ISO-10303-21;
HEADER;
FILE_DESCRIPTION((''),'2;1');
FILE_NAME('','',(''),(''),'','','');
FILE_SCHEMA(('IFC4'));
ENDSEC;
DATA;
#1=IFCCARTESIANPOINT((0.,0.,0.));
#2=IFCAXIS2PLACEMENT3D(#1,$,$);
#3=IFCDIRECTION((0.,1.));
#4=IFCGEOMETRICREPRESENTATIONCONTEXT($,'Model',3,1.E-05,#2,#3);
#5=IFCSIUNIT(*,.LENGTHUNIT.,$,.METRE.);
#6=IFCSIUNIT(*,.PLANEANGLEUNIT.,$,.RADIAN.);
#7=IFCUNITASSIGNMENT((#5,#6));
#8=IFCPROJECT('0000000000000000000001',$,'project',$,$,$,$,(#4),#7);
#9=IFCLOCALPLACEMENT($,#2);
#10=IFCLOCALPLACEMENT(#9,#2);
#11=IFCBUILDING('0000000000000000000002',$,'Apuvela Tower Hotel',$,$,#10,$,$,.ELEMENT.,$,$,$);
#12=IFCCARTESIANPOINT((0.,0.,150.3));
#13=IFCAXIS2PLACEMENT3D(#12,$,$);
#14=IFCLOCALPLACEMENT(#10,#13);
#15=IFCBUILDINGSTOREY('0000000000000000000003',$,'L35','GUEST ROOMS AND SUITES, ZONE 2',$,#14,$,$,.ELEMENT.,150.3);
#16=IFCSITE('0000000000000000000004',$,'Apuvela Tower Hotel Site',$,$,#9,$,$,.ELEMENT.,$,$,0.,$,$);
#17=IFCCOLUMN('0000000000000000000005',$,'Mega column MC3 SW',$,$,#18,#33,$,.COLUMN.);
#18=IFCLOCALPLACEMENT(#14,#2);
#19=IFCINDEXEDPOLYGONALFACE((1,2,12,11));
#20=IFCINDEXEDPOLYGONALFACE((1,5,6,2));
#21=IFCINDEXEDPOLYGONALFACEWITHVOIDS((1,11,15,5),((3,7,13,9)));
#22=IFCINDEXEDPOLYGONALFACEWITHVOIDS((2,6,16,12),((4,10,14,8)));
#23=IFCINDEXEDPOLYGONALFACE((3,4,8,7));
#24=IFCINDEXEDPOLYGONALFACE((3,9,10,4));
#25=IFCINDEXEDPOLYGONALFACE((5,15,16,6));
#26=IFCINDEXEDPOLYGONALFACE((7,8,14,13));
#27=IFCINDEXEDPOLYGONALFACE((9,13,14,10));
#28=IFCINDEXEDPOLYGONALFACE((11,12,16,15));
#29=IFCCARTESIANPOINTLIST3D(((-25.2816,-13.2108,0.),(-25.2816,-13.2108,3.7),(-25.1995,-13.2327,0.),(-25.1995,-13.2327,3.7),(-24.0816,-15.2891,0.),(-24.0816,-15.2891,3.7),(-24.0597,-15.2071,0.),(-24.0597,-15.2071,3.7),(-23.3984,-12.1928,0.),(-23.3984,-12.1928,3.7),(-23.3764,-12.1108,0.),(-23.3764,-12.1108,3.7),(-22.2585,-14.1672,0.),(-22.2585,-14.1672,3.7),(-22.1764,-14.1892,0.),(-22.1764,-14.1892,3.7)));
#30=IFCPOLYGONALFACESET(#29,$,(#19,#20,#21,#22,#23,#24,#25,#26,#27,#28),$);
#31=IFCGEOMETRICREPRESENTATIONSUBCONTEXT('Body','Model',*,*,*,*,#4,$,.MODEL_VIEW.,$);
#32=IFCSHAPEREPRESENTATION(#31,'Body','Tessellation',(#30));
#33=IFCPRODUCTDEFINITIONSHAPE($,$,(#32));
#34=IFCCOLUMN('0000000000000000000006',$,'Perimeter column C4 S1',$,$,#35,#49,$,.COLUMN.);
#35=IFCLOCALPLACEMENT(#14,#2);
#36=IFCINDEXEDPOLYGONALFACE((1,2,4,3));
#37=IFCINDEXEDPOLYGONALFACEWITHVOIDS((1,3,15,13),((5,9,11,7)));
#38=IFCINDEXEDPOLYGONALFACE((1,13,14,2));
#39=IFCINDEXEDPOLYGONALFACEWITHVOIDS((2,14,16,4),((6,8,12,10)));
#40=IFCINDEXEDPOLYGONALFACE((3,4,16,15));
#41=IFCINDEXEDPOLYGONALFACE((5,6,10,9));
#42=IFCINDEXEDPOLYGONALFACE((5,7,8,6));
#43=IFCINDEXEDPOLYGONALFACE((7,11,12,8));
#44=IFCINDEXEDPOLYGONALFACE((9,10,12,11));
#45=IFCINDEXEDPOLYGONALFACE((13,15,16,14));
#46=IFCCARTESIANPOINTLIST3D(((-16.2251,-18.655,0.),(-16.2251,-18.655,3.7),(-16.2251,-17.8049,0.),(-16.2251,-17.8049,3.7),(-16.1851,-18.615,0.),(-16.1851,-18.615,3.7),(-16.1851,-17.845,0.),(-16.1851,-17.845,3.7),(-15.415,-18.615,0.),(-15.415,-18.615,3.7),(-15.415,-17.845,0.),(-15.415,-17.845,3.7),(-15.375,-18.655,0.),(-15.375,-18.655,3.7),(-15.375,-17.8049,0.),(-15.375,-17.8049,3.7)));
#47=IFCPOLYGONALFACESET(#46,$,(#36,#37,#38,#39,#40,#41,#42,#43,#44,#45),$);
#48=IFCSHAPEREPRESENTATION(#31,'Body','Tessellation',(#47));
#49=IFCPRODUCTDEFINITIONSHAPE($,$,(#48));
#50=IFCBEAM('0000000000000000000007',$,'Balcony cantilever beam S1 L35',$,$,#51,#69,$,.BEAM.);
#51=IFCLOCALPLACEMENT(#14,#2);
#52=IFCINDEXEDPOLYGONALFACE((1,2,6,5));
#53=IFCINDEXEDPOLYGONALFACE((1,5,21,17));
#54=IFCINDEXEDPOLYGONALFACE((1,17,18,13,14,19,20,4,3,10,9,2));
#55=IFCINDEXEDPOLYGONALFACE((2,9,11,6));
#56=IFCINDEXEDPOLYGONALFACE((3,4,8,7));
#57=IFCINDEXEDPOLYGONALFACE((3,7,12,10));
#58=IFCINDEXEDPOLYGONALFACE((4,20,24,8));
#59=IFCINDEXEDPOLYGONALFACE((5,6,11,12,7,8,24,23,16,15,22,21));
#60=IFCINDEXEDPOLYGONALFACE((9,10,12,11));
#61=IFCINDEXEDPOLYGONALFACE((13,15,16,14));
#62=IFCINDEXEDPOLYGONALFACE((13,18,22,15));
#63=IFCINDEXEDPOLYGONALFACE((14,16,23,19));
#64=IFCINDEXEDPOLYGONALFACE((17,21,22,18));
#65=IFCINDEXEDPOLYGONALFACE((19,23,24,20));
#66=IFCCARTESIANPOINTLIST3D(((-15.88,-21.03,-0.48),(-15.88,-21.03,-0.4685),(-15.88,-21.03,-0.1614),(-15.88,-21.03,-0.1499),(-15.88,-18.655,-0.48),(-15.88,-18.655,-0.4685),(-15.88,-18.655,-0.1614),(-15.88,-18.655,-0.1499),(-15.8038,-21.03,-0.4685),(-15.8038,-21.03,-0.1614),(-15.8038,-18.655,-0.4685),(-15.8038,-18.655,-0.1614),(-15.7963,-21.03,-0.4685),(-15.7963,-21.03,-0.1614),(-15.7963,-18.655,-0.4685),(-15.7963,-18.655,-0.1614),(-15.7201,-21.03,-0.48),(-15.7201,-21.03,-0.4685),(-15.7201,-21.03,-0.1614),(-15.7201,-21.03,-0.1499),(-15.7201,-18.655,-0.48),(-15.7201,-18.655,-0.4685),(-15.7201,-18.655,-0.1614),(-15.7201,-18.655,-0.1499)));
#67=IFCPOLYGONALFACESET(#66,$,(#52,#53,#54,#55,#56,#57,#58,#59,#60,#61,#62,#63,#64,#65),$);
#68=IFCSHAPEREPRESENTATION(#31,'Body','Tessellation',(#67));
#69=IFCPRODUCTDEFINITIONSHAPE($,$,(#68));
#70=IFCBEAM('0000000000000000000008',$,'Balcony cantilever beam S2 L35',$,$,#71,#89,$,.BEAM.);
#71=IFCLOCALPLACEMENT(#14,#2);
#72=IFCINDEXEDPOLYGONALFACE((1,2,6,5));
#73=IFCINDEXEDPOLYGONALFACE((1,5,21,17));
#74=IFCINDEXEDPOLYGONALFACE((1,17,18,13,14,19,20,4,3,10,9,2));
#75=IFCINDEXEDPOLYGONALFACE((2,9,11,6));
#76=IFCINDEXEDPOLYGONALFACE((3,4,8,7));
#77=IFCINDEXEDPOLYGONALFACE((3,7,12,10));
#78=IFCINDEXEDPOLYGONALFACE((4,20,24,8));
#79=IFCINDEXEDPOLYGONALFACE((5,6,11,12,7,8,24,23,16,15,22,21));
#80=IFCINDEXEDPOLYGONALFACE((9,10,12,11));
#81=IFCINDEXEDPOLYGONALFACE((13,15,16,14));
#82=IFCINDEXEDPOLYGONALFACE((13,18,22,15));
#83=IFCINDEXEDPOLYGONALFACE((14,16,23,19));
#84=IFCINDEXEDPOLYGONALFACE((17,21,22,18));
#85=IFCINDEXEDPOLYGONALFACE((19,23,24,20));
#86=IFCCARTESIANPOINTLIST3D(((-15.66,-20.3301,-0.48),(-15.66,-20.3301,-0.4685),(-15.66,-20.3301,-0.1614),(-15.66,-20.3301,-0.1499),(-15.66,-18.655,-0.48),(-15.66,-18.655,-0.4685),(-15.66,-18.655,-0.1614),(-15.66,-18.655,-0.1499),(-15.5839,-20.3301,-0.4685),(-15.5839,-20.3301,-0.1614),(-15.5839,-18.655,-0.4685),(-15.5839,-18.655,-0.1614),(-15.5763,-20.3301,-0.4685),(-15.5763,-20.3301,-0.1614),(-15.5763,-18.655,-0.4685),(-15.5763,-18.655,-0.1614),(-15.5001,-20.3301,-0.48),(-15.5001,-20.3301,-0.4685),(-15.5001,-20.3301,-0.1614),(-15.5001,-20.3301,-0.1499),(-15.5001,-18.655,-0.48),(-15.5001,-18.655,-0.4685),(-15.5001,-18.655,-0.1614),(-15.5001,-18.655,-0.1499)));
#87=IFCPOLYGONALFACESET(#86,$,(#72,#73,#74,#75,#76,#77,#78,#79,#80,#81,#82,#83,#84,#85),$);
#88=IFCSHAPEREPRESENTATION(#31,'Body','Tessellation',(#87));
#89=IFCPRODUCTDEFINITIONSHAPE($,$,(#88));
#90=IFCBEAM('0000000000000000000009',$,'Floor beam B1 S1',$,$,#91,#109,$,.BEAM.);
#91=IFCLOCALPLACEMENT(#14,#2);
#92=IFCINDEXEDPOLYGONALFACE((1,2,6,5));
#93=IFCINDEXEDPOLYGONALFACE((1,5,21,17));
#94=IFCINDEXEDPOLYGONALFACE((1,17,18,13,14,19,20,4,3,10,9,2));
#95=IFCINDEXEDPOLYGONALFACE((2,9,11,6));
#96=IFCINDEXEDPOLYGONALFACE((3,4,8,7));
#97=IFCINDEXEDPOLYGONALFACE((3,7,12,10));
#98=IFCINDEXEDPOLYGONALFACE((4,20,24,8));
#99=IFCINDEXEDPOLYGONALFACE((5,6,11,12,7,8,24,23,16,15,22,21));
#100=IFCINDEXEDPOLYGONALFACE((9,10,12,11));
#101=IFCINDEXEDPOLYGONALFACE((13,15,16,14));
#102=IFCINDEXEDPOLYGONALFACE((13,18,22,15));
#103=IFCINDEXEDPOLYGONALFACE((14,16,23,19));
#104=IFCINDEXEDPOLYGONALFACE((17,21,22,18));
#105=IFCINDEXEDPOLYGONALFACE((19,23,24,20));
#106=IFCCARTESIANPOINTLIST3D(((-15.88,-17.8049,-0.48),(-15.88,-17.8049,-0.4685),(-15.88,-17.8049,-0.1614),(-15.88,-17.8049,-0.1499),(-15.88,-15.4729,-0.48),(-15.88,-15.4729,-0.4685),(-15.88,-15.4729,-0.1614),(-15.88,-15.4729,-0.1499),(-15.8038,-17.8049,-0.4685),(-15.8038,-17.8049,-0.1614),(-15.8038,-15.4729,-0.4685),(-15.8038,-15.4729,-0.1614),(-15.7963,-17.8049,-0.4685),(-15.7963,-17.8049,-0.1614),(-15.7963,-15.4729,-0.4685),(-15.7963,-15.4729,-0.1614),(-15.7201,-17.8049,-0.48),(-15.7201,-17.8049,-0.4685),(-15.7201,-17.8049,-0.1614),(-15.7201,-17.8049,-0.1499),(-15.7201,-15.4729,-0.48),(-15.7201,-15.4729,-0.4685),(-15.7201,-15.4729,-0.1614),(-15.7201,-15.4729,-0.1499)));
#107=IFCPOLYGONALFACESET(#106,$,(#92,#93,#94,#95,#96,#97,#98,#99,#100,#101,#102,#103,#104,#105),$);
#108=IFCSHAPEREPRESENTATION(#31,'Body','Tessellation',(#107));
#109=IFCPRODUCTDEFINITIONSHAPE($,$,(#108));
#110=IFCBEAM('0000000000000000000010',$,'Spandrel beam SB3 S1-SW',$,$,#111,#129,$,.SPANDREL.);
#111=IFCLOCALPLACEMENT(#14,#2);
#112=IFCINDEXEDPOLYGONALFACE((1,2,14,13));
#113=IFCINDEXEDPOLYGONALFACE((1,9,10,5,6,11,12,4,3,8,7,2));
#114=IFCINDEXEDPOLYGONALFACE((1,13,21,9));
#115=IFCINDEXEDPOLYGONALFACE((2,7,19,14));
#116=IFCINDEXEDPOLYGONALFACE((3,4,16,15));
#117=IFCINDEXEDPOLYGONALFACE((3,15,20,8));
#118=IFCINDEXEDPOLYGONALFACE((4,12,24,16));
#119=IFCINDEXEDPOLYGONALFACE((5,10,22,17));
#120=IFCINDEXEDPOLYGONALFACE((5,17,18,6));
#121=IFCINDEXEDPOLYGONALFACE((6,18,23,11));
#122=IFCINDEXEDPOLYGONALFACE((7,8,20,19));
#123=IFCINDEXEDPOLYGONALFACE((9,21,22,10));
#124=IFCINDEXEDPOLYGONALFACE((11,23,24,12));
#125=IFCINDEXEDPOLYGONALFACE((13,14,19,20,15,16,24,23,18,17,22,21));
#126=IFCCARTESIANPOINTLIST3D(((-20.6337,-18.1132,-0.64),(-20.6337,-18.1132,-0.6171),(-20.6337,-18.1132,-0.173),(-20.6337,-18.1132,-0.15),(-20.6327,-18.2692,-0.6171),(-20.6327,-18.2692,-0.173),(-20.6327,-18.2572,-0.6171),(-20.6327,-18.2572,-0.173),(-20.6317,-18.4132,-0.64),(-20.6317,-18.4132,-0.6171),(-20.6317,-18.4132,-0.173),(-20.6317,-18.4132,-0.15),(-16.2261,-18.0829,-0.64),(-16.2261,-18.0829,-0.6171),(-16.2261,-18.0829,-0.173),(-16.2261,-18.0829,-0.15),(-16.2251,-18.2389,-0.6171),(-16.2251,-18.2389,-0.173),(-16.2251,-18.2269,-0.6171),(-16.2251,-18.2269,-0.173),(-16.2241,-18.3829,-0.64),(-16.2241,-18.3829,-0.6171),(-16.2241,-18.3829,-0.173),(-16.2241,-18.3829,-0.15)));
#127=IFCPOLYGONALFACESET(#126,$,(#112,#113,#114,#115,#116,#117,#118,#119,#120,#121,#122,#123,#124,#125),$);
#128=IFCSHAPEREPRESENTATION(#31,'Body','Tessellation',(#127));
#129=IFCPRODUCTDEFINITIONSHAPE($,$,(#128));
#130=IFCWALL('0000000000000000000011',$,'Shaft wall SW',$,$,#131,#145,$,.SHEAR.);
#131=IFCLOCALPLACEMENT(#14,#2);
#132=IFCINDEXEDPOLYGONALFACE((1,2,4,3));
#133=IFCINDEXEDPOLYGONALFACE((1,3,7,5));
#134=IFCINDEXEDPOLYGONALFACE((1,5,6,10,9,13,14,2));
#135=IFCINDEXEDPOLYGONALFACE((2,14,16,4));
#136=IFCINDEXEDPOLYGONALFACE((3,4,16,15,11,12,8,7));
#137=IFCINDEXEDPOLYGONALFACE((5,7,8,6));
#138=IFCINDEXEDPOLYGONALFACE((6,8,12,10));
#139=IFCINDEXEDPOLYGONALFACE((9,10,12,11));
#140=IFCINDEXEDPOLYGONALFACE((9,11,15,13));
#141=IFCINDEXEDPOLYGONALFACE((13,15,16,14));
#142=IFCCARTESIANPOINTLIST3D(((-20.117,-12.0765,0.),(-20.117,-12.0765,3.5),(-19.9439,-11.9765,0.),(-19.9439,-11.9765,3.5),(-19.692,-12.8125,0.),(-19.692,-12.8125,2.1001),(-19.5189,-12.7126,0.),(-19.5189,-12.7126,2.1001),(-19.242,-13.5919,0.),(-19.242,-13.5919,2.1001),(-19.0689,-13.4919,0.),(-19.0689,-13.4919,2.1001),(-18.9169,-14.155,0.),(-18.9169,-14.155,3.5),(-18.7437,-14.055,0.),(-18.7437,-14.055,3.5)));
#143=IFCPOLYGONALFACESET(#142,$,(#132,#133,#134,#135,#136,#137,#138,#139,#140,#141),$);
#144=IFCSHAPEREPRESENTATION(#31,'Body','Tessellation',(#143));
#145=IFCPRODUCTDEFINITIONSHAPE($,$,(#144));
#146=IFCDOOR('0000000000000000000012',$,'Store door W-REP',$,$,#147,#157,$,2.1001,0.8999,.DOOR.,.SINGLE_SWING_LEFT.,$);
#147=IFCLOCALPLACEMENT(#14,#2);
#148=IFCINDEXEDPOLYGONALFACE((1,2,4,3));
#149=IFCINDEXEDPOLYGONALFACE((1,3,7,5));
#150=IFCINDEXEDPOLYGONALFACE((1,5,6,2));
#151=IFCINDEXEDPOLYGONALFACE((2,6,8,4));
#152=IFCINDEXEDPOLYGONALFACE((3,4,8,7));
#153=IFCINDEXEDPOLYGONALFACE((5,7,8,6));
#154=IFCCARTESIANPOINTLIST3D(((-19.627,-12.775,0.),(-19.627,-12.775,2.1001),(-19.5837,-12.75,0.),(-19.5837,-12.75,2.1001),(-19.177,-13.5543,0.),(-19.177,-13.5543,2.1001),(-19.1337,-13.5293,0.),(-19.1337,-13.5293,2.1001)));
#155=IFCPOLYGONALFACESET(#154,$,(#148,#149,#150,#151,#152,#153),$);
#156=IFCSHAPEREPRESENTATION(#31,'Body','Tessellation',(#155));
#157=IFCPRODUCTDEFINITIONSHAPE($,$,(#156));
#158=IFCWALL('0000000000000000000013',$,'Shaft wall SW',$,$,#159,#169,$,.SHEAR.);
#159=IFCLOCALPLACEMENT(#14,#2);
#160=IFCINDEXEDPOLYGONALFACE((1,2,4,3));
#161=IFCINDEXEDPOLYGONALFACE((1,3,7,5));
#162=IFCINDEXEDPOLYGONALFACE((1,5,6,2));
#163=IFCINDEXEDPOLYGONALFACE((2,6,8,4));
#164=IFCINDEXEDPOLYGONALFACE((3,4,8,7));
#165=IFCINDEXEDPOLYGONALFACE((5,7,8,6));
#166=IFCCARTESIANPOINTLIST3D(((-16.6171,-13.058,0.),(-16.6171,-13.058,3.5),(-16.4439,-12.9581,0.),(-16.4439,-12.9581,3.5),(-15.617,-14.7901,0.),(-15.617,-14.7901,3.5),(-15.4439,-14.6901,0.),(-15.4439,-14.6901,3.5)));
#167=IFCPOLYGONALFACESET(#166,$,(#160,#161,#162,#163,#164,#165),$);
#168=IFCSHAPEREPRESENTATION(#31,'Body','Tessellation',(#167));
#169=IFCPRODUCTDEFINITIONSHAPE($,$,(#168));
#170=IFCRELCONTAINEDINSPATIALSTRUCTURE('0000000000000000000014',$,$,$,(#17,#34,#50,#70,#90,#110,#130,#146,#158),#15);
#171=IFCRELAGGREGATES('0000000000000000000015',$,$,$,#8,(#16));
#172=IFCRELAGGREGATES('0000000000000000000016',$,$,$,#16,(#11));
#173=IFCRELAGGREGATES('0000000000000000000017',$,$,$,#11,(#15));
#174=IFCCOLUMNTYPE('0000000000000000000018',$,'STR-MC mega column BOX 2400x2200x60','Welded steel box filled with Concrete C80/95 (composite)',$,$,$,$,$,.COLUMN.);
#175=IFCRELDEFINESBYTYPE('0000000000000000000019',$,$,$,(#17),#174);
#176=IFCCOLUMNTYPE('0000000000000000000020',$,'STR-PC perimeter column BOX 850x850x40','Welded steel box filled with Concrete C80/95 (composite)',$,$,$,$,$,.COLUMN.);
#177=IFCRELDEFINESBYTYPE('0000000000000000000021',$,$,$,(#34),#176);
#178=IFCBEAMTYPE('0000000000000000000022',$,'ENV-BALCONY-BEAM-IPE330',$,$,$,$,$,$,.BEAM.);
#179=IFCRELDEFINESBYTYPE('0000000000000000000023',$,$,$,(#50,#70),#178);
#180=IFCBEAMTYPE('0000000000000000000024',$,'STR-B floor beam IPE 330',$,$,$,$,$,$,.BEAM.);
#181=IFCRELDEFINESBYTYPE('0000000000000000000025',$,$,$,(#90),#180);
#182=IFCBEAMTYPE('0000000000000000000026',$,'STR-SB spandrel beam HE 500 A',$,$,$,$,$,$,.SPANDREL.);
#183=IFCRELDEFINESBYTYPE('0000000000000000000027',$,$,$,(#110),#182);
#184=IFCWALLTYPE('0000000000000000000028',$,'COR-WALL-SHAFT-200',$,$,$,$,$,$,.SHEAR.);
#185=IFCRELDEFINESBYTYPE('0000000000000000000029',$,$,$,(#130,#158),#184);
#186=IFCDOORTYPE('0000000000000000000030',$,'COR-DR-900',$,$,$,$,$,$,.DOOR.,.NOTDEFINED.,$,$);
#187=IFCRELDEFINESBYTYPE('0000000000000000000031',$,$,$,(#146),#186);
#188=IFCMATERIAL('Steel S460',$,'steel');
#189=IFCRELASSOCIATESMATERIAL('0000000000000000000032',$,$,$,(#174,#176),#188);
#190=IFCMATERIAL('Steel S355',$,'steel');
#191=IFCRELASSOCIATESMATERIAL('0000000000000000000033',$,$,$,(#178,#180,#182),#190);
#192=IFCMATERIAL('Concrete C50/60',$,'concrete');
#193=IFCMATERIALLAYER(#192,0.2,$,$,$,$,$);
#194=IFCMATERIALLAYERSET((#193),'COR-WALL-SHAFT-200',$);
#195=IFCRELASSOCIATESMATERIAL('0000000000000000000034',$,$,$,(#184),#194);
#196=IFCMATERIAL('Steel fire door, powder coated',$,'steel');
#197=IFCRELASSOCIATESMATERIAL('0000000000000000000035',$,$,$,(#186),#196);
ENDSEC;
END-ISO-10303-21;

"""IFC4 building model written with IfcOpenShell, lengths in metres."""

from ifc_helpers import new_model, si_unit, direction, frame, frame_2d, origin, origin_2d, place, context, subcontext, project, spatial, rectangle, hollow_rectangle, i_section, extrude, material, layer, layer_set, material_profile, profile_set, type_object, element, fill, save


model = new_model("IFC4")

# Units and contexts
model_context = context("Model", 3, precision=1e-05, world=origin(), true_north=direction((0.0, 1.0)))
body_context = subcontext(model_context, "Body", "Model", "MODEL_VIEW")
ifc_project = project(units=[si_unit("LENGTHUNIT", "METRE"), si_unit("PLANEANGLEUNIT", "RADIAN")], contexts=[model_context])

# Site, building, storey
site_placement = place(None, origin())
site = spatial("IfcSite", under=ifc_project, at=site_placement, Name="Apuvela Tower Hotel Site", CompositionType="ELEMENT", RefElevation=0.0)
building_placement = place(site_placement, origin())
building = spatial("IfcBuilding", under=site, at=building_placement, Name="Apuvela Tower Hotel", CompositionType="ELEMENT")
storey_placement = place(building_placement, frame((0.0, 0.0, 150.3)))
storey = spatial("IfcBuildingStorey", under=building, at=storey_placement, Name="L35", Description="GUEST ROOMS AND SUITES, ZONE 2", CompositionType="ELEMENT", Elevation=150.3)

# Columns
ifc_material_1 = material(Name="Steel S460", Category="steel")
ifc_material_profile_1 = material_profile(ifc_material_1, hollow_rectangle(XDim=2.3999, YDim=2.2, WallThickness=0.0601, at=origin_2d()), Name="BOX 2400x2200x60")
ifc_material_2 = material(Name="Concrete C80/95", Category="concrete")
ifc_material_profile_2 = material_profile(ifc_material_2, rectangle(XDim=2.28, YDim=2.0801, at=origin_2d()), Name="Concrete C80/95 infill")
ifc_profile_set_1 = profile_set([ifc_material_profile_1, ifc_material_profile_2], Name="Steel S460")
column_type_1 = type_object("IfcColumnType", Name="STR-MC mega column BOX 2400x2200x60", Description="Welded steel box filled with Concrete C80/95 (composite)", PredefinedType="COLUMN", material=ifc_profile_set_1)
column_1_placement = place(storey_placement, frame((-23.729, -13.7, 0.0), z_axis=(0.0, 0.0, 1.0), x_axis=(-0.5, 0.866025, 0.0)))
element("IfcColumn", 1, at=column_1_placement, inside=storey, type_object=column_type_1, Name="Mega column MC3 SW", PredefinedType="COLUMN", context=body_context, shape_type="SweptSolid", body=[
    extrude(hollow_rectangle(XDim=2.3999, YDim=2.2, WallThickness=0.0601, at=origin_2d()), origin(), (0.0, 0.0, 1.0), 3.7),
])
ifc_material_profile_3 = material_profile(ifc_material_1, hollow_rectangle(XDim=0.8501, YDim=0.8501, WallThickness=0.04, at=origin_2d()), Name="BOX 850x850x40")
ifc_material_profile_4 = material_profile(ifc_material_2, rectangle(XDim=0.77, YDim=0.77, at=origin_2d()), Name="Concrete C80/95 infill")
ifc_profile_set_2 = profile_set([ifc_material_profile_3, ifc_material_profile_4], Name="Steel S460")
column_type_2 = type_object("IfcColumnType", Name="STR-PC perimeter column BOX 850x850x40", Description="Welded steel box filled with Concrete C80/95 (composite)", PredefinedType="COLUMN", material=ifc_profile_set_2)
column_2_placement = place(storey_placement, frame((-15.8, -18.23, 0.0), z_axis=(0.0, 0.0, 1.0), x_axis=(-1.0, 0.0, 0.0)))
element("IfcColumn", 2, at=column_2_placement, inside=storey, type_object=column_type_2, Name="Perimeter column C4 S1", PredefinedType="COLUMN", context=body_context, shape_type="SweptSolid", body=[
    extrude(hollow_rectangle(XDim=0.8501, YDim=0.8501, WallThickness=0.04, at=origin_2d()), origin(), (0.0, 0.0, 1.0), 3.7),
])

# Beams
ifc_material_3 = material(Name="Steel S355", Category="steel")
ifc_material_profile_5 = material_profile(ifc_material_3, i_section(OverallWidth=0.1599, OverallDepth=0.3301, WebThickness=0.0076, FlangeThickness=0.0115, at=origin_2d()), Name="IPE 330")
ifc_profile_set_3 = profile_set([ifc_material_profile_5], Name="Steel S355")
beam_type_1 = type_object("IfcBeamType", Name="ENV-BALCONY-BEAM-IPE330", PredefinedType="BEAM", material=ifc_profile_set_3)
beam_1_placement = place(storey_placement, frame((-15.8, -18.655, -0.3149), z_axis=(0.0, -1.0, 0.0), x_axis=(1.0, 0.0, 0.0)))
element("IfcBeam", 3, at=beam_1_placement, inside=storey, type_object=beam_type_1, Name="Balcony cantilever beam S1 L35", PredefinedType="BEAM", context=body_context, shape_type="SweptSolid", body=[
    extrude(i_section(OverallWidth=0.1599, OverallDepth=0.3301, WebThickness=0.0076, FlangeThickness=0.0115, at=origin_2d()), origin(), (0.0, 0.0, 1.0), 2.375),
])
beam_2_placement = place(storey_placement, frame((-15.5801, -18.655, -0.3149), z_axis=(0.0, -1.0, 0.0), x_axis=(1.0, 0.0, 0.0)))
element("IfcBeam", 4, at=beam_2_placement, inside=storey, type_object=beam_type_1, Name="Balcony cantilever beam S2 L35", PredefinedType="BEAM", context=body_context, shape_type="SweptSolid", body=[
    extrude(i_section(OverallWidth=0.1599, OverallDepth=0.3301, WebThickness=0.0076, FlangeThickness=0.0115, at=origin_2d()), origin(), (0.0, 0.0, 1.0), 1.675),
])
ifc_material_profile_6 = material_profile(ifc_material_3, i_section(OverallWidth=0.1599, OverallDepth=0.3301, WebThickness=0.0076, FlangeThickness=0.0115, at=origin_2d()), Name="IPE 330")
ifc_profile_set_4 = profile_set([ifc_material_profile_6], Name="Steel S355")
beam_type_2 = type_object("IfcBeamType", Name="STR-B floor beam IPE 330", PredefinedType="BEAM", material=ifc_profile_set_4)
beam_3_placement = place(storey_placement, frame((-15.8, -17.8049, -0.3149), z_axis=(0.0, 1.0, 0.0), x_axis=(-1.0, 0.0, 0.0)))
element("IfcBeam", 5, at=beam_3_placement, inside=storey, type_object=beam_type_2, Name="Floor beam B1 S1", PredefinedType="BEAM", context=body_context, shape_type="SweptSolid", body=[
    extrude(i_section(OverallWidth=0.1599, OverallDepth=0.3301, WebThickness=0.0076, FlangeThickness=0.0115, at=origin_2d()), origin(), (0.0, 0.0, 1.0), 2.332),
])
ifc_material_profile_7 = material_profile(ifc_material_3, i_section(OverallWidth=0.3, OverallDepth=0.49, WebThickness=0.012, FlangeThickness=0.0229, at=origin_2d()), Name="HE 500 A")
ifc_profile_set_5 = profile_set([ifc_material_profile_7], Name="Steel S355")
beam_type_3 = type_object("IfcBeamType", Name="STR-SB spandrel beam HE 500 A", PredefinedType="SPANDREL", material=ifc_profile_set_5)
beam_4_placement = place(storey_placement, frame((-16.2251, -18.2329, -0.395), z_axis=(-0.999976, -0.006868, 0.0), x_axis=(0.006868, -0.999976, 0.0)))
element("IfcBeam", 6, at=beam_4_placement, inside=storey, type_object=beam_type_3, Name="Spandrel beam SB3 S1-SW", PredefinedType="SPANDREL", context=body_context, shape_type="SweptSolid", body=[
    extrude(i_section(OverallWidth=0.3, OverallDepth=0.49, WebThickness=0.012, FlangeThickness=0.0229, at=origin_2d()), origin(), (0.0, 0.0, 1.0), 4.4077),
])

# Wall, opening, door
ifc_material_4 = material(Name="Concrete C50/60", Category="concrete")
ifc_layer_1 = layer(ifc_material_4, 0.2)
ifc_layer_set_1 = layer_set([ifc_layer_1], Name="COR-WALL-SHAFT-200")
wall_type_1 = type_object("IfcWallType", Name="COR-WALL-SHAFT-200", PredefinedType="SHEAR", material=ifc_layer_set_1)
wall_1_placement = place(storey_placement, frame((-20.0305, -12.0264, 0.0), z_axis=(0.0, 0.0, 1.0), x_axis=(0.500034, -0.866006, 0.0)))
wall_1 = element("IfcWall", 7, at=wall_1_placement, inside=storey, type_object=wall_type_1, Name="Shaft wall SW", PredefinedType="SHEAR", context=body_context, shape_type="SweptSolid", body=[
    extrude(rectangle(XDim=2.4001, YDim=0.2, at=frame_2d((1.2002, 0.0))), origin(), (0.0, 0.0, 1.0), 3.5),
])
opening_1_placement = place(wall_1_placement, frame((0.8501, 0.0, 0.0)))
opening_1 = element("IfcOpeningElement", 8, at=opening_1_placement, cuts=wall_1, PredefinedType="OPENING", context=body_context, shape_type="SweptSolid", body=[
    extrude(rectangle(XDim=0.8999, YDim=2.1001, at=frame_2d((0.45, 1.05))), frame((0.0, 0.1099, 0.0), z_axis=(0.0, -1.0, 0.0), x_axis=(1.0, 0.0, 0.0)), (0.0, 0.0, 1.0), 0.22),
])
ifc_material_5 = material(Name="Steel fire door, powder coated", Category="steel")
door_type_1 = type_object("IfcDoorType", Name="COR-DR-900", OperationType="NOTDEFINED", PredefinedType="DOOR", material=ifc_material_5)
door_1_placement = place(opening_1_placement, frame((0.8999, 0.0, 0.0), z_axis=(0.0, 0.0, 1.0), x_axis=(-1.0, 0.0, 0.0)))
door_1 = element("IfcDoor", 9, at=door_1_placement, inside=storey, type_object=door_type_1, Name="Store door W-REP", OperationType="SINGLE_SWING_LEFT", OverallHeight=2.1001, OverallWidth=0.8999, PredefinedType="DOOR", context=body_context, shape_type="SweptSolid", body=[
    extrude(rectangle(XDim=0.8999, YDim=2.1001, at=frame_2d((0.45, 1.05))), frame((0.0, 0.0249, 0.0), z_axis=(0.0, -1.0, 0.0), x_axis=(1.0, 0.0, 0.0)), (0.0, 0.0, 1.0), 0.05),
])
fill(opening_1, door_1)

# Wall
for number, where, z_axis, x_axis, name in (
    (10, (-16.5305, -13.0081, 0.0), (0.0, 0.0, 1.0), (0.500025, -0.866011, 0.0), "Shaft wall SW"),
):
    element("IfcWall", number, at=place(storey_placement, frame(where, z_axis=z_axis, x_axis=x_axis)), inside=storey, type_object=wall_type_1, Name=name, PredefinedType="SHEAR", context=body_context, shape_type="SweptSolid", body=[
        extrude(rectangle(XDim=2.0, YDim=0.2, at=frame_2d((1.0, 0.0))), origin(), (0.0, 0.0, 1.0), 3.5),
    ])

save(model, "model.ifc")
